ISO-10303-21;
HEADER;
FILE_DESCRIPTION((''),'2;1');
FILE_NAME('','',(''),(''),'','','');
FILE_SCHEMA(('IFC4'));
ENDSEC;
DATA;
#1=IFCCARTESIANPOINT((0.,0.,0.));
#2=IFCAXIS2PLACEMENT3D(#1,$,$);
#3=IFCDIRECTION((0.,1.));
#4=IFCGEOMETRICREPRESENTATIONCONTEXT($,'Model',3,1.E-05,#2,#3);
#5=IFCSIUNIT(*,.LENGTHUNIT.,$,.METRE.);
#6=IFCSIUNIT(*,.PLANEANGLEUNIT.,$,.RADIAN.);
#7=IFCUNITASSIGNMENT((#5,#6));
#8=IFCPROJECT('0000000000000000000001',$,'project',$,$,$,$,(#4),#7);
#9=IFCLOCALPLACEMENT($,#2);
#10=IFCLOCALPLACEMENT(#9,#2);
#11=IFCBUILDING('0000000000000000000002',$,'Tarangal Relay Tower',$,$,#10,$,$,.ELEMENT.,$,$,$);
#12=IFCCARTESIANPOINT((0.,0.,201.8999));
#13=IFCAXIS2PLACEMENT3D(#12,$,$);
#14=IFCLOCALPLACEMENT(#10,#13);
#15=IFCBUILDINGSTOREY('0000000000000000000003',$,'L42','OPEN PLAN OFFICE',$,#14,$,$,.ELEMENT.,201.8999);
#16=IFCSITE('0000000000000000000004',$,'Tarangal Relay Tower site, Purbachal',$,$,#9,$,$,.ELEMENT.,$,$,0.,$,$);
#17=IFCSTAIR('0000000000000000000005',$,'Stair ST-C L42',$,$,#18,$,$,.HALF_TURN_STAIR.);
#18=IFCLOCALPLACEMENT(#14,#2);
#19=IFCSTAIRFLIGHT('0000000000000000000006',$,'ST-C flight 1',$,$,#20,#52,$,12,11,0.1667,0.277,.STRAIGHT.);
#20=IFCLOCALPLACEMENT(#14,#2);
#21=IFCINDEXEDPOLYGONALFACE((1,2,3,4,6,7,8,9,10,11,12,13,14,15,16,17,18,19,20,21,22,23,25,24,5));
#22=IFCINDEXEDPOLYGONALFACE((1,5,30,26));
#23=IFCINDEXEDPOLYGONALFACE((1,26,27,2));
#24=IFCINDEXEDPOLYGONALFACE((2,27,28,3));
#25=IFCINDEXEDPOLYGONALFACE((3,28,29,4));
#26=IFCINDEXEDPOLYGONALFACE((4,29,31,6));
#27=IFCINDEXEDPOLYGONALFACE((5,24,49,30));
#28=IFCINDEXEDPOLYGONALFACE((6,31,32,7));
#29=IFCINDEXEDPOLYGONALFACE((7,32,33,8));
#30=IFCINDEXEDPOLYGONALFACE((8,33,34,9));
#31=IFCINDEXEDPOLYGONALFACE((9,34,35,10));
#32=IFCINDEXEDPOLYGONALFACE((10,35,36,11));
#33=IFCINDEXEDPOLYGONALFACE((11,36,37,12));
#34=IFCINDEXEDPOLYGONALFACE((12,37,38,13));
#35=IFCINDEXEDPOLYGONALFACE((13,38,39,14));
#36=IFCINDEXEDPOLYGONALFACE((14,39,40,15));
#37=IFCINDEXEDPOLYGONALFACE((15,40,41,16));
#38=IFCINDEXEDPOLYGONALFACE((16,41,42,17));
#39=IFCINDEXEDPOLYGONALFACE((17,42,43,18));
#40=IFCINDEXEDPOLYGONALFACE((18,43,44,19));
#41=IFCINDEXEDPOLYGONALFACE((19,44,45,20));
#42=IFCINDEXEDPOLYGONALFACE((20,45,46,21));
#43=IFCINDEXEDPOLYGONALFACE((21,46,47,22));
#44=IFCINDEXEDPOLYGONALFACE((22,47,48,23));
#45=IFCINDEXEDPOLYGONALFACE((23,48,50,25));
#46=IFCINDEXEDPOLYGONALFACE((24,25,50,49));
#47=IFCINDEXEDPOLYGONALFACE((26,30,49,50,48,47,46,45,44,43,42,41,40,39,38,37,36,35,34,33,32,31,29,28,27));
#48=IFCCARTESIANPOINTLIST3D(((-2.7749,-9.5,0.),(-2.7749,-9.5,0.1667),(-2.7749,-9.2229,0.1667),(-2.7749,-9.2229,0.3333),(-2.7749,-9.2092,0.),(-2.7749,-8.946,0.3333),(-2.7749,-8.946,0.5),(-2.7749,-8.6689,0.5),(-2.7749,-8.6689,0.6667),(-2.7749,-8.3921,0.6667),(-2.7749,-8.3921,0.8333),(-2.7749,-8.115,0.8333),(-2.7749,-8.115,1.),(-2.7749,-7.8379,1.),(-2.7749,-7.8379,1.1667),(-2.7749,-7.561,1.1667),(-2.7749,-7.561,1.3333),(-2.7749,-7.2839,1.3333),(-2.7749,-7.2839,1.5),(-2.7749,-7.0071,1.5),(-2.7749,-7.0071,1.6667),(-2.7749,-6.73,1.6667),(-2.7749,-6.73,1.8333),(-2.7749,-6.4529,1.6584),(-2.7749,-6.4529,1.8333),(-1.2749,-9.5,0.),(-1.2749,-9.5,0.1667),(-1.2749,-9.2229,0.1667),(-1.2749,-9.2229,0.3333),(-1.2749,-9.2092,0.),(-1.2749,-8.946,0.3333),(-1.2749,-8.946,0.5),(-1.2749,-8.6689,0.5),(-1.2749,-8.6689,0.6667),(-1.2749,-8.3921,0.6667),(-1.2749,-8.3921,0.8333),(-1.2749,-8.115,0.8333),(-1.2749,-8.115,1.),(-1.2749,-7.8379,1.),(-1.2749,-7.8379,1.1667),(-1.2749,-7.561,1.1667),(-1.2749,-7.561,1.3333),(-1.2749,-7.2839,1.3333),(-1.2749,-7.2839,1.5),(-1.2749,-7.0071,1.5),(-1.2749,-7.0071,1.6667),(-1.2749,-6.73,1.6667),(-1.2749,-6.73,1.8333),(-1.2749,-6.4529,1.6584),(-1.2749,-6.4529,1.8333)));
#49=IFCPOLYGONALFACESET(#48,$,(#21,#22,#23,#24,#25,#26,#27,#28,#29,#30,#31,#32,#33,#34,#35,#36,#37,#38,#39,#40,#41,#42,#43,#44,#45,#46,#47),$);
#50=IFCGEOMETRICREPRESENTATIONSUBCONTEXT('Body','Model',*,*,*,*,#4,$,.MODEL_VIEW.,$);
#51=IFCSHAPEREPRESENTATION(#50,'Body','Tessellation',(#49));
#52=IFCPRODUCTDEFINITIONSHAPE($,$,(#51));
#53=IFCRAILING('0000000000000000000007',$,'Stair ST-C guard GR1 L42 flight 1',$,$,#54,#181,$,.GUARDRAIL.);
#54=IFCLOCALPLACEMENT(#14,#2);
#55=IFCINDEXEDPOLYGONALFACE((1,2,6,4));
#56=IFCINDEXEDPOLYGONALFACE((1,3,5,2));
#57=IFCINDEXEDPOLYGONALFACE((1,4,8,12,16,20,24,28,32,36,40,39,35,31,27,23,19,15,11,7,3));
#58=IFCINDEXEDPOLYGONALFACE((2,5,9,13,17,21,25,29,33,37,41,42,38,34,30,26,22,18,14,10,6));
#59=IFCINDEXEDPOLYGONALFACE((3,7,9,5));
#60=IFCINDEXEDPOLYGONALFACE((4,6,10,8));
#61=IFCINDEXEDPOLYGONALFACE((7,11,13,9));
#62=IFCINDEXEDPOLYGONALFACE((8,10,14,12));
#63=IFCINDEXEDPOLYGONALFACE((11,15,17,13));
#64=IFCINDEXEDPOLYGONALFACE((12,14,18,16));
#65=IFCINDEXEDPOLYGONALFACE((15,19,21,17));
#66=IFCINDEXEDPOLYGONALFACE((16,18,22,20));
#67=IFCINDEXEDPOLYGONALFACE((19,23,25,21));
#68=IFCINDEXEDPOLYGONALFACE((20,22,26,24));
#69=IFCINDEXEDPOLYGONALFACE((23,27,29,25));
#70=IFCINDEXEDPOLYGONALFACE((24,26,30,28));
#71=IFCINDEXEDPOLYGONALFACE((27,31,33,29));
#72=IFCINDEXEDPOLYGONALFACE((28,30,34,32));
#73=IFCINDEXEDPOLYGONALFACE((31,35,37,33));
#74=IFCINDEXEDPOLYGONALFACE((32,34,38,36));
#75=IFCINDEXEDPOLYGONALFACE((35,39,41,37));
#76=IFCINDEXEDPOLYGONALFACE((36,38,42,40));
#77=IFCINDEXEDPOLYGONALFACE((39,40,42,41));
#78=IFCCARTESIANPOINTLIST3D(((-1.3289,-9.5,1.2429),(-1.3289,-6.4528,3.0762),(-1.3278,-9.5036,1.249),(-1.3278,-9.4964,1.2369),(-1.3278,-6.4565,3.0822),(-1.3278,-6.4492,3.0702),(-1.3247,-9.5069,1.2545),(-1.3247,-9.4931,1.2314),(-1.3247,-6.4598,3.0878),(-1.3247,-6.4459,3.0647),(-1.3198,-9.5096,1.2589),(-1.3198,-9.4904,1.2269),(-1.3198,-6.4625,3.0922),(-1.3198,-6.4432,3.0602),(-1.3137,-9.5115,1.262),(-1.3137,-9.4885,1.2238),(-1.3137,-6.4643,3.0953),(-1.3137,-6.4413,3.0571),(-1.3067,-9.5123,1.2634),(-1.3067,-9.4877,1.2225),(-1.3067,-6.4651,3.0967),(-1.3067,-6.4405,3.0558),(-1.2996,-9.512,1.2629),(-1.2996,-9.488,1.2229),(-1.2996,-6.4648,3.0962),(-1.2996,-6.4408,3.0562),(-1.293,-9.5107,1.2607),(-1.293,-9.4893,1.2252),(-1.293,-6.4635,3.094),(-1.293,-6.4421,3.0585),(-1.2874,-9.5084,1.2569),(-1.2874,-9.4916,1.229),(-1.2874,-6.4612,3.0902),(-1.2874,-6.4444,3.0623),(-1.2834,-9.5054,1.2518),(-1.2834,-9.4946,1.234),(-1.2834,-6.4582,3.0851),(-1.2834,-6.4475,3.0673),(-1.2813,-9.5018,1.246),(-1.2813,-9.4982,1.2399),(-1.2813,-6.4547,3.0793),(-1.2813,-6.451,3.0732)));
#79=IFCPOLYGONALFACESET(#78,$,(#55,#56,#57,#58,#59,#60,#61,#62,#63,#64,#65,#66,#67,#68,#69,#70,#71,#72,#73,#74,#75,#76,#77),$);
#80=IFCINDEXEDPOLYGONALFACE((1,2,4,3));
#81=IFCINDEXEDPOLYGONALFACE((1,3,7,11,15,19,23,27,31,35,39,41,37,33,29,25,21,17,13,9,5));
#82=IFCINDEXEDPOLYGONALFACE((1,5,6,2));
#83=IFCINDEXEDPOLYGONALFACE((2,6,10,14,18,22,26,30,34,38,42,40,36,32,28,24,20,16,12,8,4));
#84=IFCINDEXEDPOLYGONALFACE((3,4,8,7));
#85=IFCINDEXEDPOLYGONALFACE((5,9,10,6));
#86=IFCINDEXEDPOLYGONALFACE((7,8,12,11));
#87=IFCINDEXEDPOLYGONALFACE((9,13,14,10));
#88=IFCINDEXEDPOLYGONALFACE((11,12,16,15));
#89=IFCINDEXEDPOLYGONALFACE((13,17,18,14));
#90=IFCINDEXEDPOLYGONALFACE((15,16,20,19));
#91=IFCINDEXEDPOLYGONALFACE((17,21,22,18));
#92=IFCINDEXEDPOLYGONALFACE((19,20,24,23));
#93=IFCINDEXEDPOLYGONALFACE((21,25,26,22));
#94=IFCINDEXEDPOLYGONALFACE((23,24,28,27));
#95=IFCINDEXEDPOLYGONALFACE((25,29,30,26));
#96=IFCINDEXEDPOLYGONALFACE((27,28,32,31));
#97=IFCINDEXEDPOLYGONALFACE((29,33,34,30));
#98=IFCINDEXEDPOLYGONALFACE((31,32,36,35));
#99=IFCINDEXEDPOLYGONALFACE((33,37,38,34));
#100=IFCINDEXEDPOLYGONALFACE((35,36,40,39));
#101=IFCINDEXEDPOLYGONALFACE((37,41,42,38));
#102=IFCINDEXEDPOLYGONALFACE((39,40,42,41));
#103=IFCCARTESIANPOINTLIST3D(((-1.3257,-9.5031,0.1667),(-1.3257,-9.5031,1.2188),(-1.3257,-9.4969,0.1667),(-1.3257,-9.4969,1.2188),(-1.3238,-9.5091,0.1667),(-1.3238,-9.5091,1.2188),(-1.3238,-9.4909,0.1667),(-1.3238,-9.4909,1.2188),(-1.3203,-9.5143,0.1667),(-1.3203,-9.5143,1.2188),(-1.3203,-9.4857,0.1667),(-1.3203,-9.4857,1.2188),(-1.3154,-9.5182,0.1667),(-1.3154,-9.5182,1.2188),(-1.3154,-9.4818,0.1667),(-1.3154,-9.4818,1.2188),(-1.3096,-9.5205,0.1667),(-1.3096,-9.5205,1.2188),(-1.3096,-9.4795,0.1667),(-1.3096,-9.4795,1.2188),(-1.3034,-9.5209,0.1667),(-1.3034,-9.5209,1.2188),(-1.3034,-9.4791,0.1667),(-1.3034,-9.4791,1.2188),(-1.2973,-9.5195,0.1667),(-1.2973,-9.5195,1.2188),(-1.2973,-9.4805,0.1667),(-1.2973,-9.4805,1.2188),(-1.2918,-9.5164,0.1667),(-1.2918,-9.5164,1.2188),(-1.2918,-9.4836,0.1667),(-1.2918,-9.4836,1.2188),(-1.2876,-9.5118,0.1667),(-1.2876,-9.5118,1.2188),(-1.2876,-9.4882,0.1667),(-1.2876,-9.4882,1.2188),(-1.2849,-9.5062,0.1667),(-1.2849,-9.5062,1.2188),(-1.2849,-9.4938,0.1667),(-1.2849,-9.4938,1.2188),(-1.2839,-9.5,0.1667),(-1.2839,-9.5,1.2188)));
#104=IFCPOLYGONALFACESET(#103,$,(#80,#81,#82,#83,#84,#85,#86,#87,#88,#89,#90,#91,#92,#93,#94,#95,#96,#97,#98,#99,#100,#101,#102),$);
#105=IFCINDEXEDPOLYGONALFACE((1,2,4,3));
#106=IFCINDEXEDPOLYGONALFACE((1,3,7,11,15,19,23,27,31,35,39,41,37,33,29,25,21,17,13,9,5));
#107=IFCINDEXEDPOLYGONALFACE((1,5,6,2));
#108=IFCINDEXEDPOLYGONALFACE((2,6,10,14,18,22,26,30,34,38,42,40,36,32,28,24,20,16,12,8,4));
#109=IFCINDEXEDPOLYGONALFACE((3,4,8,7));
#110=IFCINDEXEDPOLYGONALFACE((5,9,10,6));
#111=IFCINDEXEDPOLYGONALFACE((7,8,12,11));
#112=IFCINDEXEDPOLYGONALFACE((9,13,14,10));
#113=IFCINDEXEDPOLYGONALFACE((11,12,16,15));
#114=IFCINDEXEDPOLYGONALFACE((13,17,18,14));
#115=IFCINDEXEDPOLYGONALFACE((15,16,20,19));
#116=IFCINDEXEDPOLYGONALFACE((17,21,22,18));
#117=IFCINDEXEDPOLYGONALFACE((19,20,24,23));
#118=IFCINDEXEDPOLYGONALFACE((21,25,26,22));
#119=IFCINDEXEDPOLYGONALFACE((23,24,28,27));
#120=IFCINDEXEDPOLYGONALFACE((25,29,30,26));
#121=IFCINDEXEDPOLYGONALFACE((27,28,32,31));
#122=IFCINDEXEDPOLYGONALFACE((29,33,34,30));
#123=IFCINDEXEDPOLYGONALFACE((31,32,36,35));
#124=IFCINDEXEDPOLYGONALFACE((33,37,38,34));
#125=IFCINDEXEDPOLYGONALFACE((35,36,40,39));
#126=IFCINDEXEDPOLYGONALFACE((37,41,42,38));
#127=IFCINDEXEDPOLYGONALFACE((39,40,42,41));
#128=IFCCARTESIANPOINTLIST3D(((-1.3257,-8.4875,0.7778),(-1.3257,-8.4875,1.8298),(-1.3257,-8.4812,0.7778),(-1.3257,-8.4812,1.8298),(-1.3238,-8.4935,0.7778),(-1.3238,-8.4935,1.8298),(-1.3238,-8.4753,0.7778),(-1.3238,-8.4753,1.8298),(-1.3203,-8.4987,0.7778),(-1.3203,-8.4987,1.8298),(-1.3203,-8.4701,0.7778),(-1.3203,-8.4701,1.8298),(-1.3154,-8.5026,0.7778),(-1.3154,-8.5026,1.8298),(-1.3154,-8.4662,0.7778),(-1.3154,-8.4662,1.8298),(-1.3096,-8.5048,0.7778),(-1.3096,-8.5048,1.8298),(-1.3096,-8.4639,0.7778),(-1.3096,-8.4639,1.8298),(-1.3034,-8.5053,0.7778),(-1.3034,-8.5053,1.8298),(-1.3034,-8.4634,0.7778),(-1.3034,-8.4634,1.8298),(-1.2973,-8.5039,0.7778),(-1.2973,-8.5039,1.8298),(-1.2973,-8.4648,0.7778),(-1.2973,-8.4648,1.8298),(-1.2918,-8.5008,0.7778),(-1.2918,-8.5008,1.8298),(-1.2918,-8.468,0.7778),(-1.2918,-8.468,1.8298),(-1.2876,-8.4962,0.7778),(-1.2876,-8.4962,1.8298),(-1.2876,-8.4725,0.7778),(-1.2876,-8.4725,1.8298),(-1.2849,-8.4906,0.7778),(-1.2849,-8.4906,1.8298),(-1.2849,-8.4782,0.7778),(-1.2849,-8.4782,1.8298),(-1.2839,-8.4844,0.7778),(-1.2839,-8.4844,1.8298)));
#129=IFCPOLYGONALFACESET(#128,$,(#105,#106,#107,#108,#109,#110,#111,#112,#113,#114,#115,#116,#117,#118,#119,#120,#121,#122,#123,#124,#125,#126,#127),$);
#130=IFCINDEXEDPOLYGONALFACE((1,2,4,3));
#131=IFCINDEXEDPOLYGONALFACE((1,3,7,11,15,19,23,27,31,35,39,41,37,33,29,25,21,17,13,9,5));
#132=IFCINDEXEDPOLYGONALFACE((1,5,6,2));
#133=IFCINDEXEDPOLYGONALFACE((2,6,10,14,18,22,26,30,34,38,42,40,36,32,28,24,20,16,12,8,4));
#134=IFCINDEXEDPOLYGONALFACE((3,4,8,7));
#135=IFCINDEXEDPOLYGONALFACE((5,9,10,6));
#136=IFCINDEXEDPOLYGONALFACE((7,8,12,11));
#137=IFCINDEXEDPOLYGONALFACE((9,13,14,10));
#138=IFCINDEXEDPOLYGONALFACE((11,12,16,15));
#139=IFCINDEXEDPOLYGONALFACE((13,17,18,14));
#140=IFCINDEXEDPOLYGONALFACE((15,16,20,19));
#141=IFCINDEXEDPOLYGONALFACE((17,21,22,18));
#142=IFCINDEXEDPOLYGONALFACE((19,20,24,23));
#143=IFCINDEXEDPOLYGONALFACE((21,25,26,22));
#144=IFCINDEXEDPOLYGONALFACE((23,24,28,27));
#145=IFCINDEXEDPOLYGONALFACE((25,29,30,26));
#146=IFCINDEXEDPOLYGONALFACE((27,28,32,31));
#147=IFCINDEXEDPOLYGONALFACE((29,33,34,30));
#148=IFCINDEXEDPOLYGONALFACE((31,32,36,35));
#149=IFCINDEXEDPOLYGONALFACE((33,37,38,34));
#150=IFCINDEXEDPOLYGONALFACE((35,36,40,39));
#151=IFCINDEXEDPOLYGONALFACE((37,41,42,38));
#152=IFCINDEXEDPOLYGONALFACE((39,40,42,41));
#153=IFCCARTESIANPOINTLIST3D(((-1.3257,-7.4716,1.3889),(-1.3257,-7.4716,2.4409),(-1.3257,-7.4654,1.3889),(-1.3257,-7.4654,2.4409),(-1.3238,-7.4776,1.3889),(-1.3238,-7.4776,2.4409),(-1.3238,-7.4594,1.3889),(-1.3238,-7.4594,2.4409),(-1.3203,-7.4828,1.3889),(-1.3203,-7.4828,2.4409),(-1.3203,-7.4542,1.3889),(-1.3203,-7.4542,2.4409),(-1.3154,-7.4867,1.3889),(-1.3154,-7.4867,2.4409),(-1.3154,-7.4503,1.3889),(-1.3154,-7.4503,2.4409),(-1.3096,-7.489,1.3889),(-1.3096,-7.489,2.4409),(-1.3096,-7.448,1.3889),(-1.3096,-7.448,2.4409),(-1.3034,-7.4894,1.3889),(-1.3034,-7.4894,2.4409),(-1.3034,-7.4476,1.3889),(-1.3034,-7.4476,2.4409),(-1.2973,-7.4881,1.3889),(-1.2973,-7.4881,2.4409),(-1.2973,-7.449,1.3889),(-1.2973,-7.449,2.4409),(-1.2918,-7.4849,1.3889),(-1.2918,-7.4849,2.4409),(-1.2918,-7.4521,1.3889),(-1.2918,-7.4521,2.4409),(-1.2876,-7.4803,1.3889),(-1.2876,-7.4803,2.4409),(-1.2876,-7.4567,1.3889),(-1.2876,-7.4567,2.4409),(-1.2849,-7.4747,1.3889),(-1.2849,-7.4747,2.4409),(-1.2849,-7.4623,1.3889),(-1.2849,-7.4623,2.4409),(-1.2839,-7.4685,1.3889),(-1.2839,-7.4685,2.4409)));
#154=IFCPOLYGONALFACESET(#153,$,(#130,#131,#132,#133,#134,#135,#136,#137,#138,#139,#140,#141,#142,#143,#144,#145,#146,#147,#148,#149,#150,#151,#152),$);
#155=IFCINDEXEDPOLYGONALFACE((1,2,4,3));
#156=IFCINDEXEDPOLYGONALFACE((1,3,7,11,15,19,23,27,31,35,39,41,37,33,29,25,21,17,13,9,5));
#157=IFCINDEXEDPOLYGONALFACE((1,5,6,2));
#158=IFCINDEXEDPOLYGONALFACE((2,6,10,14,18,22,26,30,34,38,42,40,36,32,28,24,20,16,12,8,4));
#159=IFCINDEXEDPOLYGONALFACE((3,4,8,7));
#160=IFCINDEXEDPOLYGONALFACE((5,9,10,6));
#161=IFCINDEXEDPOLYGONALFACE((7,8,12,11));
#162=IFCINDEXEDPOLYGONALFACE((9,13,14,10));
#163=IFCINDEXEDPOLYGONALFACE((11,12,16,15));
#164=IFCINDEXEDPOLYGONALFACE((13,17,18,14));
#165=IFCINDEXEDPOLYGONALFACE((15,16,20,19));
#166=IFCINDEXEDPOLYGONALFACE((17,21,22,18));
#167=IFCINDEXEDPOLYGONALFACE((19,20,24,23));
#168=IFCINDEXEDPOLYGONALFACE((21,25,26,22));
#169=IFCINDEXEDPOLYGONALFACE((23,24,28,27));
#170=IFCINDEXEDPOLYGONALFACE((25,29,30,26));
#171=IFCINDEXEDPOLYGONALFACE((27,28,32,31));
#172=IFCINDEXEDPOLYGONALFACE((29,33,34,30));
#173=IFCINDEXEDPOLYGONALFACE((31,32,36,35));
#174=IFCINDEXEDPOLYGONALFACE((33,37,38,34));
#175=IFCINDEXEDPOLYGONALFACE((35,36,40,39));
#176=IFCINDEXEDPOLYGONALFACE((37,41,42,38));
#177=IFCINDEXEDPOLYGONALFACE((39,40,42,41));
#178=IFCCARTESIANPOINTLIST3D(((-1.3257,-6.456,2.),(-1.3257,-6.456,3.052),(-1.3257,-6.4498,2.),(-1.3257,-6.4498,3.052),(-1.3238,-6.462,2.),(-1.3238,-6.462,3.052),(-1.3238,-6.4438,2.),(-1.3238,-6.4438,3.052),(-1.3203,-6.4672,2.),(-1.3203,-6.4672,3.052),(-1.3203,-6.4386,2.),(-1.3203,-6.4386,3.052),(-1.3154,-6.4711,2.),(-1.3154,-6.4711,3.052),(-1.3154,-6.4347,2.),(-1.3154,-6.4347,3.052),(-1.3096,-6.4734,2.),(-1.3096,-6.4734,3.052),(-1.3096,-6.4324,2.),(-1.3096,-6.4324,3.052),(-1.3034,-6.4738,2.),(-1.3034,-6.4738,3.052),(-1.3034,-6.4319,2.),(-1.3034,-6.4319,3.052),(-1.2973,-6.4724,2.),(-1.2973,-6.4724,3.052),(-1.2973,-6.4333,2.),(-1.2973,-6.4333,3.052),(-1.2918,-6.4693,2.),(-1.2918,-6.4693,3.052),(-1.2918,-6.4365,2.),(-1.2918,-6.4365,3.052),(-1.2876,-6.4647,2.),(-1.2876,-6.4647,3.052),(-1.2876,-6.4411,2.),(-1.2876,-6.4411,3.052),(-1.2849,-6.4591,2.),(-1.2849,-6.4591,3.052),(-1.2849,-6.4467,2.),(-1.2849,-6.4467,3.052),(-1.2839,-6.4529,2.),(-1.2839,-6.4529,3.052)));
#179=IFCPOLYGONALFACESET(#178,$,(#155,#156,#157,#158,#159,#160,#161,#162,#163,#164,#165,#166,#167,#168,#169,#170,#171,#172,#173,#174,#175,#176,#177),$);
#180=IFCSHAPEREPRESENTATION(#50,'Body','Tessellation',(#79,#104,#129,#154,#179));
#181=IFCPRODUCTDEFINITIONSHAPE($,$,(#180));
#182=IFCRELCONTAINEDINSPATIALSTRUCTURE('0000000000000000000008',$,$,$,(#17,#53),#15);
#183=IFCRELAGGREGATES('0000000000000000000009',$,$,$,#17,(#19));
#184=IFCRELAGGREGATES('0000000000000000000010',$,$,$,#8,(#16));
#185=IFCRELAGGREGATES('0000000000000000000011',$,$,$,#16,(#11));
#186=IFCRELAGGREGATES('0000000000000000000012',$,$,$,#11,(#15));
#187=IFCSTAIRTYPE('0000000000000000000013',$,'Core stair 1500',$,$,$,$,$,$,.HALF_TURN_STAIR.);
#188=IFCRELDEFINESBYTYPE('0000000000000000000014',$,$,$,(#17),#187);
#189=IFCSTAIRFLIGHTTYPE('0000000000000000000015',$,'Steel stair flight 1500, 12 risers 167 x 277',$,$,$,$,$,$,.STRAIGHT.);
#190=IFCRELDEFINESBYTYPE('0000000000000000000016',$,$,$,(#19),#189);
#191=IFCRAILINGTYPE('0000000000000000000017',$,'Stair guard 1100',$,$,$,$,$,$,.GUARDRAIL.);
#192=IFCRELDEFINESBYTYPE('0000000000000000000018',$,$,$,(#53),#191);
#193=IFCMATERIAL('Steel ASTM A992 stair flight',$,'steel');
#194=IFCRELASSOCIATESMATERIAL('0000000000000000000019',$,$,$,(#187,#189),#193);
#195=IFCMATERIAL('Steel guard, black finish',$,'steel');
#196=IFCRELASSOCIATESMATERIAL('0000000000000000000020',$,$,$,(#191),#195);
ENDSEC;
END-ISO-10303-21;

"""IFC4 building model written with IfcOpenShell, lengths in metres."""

from ifc_helpers import new_model, si_unit, direction, frame, origin, origin_2d, place, context, subcontext, project, spatial, polyline, circle, outline, extrude, material, type_object, element, aggregate, save


model = new_model("IFC4")

# Units and contexts
model_context = context("Model", 3, precision=1e-05, world=origin(), true_north=direction((0.0, 1.0)))
body_context = subcontext(model_context, "Body", "Model", "MODEL_VIEW")
ifc_project = project(units=[si_unit("LENGTHUNIT", "METRE"), si_unit("PLANEANGLEUNIT", "RADIAN")], contexts=[model_context])

# Site, building, storey
site_placement = place(None, origin())
site = spatial("IfcSite", under=ifc_project, at=site_placement, Name="Tarangal Relay Tower site, Purbachal", CompositionType="ELEMENT", RefElevation=0.0)
building_placement = place(site_placement, origin())
building = spatial("IfcBuilding", under=site, at=building_placement, Name="Tarangal Relay Tower", CompositionType="ELEMENT")
storey_placement = place(building_placement, frame((0.0, 0.0, 201.8999)))
storey = spatial("IfcBuildingStorey", under=building, at=storey_placement, Name="L42", Description="OPEN PLAN OFFICE", CompositionType="ELEMENT", Elevation=201.8999)

# Stair, stair flight
ifc_material_1 = material(Name="Steel ASTM A992 stair flight", Category="steel")
stair_type = type_object("IfcStairType", Name="Core stair 1500", PredefinedType="HALF_TURN_STAIR", material=ifc_material_1)
stair_placement = place(storey_placement, origin())
stair = element("IfcStair", 1, at=stair_placement, inside=storey, type_object=stair_type, Name="Stair ST-C L42", PredefinedType="HALF_TURN_STAIR")
stair_flight_type = type_object("IfcStairFlightType", Name="Steel stair flight 1500, 12 risers 167 x 277", PredefinedType="STRAIGHT", material=ifc_material_1)
stair_flight_placement = place(storey_placement, frame((-2.0249, -9.5, 0.0), z_axis=(0.0, 0.0, 1.0), x_axis=(0.0, 1.0, 0.0)))
stair_flight = element("IfcStairFlight", 2, at=stair_flight_placement, type_object=stair_flight_type, Name="ST-C flight 1", NumberOfRisers=12, NumberOfTreads=11, PredefinedType="STRAIGHT", RiserHeight=0.1667, TreadLength=0.277, context=body_context, shape_type="SweptSolid", body=[
    extrude(outline(polyline([(0.0, 0.0), (0.0, 0.1667), (0.2771, 0.1667), (0.2771, 0.3333), (0.554, 0.3333), (0.554, 0.5), (0.8311, 0.5), (0.8311, 0.6667), (1.1079, 0.6667), (1.1079, 0.8333), (1.385, 0.8333), (1.385, 1.0), (1.6621, 1.0), (1.6621, 1.1667), (1.939, 1.1667), (1.939, 1.3333), (2.2161, 1.3333), (2.2161, 1.5), (2.4929, 1.5), (2.4929, 1.6667), (2.77, 1.6667), (2.77, 1.8333), (3.0471, 1.8333), (3.0471, 2.0), (3.0471, 1.6584), (0.2908, 0.0), (0.0, 0.0)])), frame((0.0, 0.75, 0.0), z_axis=(0.0, -1.0, 0.0), x_axis=(1.0, 0.0, 0.0)), (0.0, 0.0, 1.0), 1.5),
])
aggregate(stair, [stair_flight])

# Railing
ifc_material_2 = material(Name="Steel guard, black finish", Category="steel")
railing_type_1 = type_object("IfcRailingType", Name="Stair guard 1100", PredefinedType="GUARDRAIL", material=ifc_material_2)
railing_1_placement = place(storey_placement, frame((-1.3049, -9.5, 0.1667)))
element("IfcRailing", 3, at=railing_1_placement, inside=storey, type_object=railing_type_1, Name="Stair ST-C guard GR1 L42 flight 1", PredefinedType="GUARDRAIL", context=body_context, shape_type="SweptSolid", body=[
    extrude(circle(Radius=0.0239, at=origin_2d()), frame((0.0, 0.0, 1.0762), z_axis=(0.0, 0.856874, 0.515525), x_axis=(-1.0, 0.0, 0.0)), (0.0, 0.0, 1.0), 3.5562),
    extrude(circle(Radius=0.021, at=origin_2d()), origin(), (0.0, 0.0, 1.0), 1.052),
    extrude(circle(Radius=0.021, at=origin_2d()), frame((0.0, 1.0156, 0.6111)), (0.0, 0.0, 1.0), 1.052),
    extrude(circle(Radius=0.021, at=origin_2d()), frame((0.0, 2.0315, 1.2222)), (0.0, 0.0, 1.0), 1.052),
    extrude(circle(Radius=0.021, at=origin_2d()), frame((0.0, 3.0471, 1.8333)), (0.0, 0.0, 1.0), 1.052),
])

save(model, "model.ifc")
